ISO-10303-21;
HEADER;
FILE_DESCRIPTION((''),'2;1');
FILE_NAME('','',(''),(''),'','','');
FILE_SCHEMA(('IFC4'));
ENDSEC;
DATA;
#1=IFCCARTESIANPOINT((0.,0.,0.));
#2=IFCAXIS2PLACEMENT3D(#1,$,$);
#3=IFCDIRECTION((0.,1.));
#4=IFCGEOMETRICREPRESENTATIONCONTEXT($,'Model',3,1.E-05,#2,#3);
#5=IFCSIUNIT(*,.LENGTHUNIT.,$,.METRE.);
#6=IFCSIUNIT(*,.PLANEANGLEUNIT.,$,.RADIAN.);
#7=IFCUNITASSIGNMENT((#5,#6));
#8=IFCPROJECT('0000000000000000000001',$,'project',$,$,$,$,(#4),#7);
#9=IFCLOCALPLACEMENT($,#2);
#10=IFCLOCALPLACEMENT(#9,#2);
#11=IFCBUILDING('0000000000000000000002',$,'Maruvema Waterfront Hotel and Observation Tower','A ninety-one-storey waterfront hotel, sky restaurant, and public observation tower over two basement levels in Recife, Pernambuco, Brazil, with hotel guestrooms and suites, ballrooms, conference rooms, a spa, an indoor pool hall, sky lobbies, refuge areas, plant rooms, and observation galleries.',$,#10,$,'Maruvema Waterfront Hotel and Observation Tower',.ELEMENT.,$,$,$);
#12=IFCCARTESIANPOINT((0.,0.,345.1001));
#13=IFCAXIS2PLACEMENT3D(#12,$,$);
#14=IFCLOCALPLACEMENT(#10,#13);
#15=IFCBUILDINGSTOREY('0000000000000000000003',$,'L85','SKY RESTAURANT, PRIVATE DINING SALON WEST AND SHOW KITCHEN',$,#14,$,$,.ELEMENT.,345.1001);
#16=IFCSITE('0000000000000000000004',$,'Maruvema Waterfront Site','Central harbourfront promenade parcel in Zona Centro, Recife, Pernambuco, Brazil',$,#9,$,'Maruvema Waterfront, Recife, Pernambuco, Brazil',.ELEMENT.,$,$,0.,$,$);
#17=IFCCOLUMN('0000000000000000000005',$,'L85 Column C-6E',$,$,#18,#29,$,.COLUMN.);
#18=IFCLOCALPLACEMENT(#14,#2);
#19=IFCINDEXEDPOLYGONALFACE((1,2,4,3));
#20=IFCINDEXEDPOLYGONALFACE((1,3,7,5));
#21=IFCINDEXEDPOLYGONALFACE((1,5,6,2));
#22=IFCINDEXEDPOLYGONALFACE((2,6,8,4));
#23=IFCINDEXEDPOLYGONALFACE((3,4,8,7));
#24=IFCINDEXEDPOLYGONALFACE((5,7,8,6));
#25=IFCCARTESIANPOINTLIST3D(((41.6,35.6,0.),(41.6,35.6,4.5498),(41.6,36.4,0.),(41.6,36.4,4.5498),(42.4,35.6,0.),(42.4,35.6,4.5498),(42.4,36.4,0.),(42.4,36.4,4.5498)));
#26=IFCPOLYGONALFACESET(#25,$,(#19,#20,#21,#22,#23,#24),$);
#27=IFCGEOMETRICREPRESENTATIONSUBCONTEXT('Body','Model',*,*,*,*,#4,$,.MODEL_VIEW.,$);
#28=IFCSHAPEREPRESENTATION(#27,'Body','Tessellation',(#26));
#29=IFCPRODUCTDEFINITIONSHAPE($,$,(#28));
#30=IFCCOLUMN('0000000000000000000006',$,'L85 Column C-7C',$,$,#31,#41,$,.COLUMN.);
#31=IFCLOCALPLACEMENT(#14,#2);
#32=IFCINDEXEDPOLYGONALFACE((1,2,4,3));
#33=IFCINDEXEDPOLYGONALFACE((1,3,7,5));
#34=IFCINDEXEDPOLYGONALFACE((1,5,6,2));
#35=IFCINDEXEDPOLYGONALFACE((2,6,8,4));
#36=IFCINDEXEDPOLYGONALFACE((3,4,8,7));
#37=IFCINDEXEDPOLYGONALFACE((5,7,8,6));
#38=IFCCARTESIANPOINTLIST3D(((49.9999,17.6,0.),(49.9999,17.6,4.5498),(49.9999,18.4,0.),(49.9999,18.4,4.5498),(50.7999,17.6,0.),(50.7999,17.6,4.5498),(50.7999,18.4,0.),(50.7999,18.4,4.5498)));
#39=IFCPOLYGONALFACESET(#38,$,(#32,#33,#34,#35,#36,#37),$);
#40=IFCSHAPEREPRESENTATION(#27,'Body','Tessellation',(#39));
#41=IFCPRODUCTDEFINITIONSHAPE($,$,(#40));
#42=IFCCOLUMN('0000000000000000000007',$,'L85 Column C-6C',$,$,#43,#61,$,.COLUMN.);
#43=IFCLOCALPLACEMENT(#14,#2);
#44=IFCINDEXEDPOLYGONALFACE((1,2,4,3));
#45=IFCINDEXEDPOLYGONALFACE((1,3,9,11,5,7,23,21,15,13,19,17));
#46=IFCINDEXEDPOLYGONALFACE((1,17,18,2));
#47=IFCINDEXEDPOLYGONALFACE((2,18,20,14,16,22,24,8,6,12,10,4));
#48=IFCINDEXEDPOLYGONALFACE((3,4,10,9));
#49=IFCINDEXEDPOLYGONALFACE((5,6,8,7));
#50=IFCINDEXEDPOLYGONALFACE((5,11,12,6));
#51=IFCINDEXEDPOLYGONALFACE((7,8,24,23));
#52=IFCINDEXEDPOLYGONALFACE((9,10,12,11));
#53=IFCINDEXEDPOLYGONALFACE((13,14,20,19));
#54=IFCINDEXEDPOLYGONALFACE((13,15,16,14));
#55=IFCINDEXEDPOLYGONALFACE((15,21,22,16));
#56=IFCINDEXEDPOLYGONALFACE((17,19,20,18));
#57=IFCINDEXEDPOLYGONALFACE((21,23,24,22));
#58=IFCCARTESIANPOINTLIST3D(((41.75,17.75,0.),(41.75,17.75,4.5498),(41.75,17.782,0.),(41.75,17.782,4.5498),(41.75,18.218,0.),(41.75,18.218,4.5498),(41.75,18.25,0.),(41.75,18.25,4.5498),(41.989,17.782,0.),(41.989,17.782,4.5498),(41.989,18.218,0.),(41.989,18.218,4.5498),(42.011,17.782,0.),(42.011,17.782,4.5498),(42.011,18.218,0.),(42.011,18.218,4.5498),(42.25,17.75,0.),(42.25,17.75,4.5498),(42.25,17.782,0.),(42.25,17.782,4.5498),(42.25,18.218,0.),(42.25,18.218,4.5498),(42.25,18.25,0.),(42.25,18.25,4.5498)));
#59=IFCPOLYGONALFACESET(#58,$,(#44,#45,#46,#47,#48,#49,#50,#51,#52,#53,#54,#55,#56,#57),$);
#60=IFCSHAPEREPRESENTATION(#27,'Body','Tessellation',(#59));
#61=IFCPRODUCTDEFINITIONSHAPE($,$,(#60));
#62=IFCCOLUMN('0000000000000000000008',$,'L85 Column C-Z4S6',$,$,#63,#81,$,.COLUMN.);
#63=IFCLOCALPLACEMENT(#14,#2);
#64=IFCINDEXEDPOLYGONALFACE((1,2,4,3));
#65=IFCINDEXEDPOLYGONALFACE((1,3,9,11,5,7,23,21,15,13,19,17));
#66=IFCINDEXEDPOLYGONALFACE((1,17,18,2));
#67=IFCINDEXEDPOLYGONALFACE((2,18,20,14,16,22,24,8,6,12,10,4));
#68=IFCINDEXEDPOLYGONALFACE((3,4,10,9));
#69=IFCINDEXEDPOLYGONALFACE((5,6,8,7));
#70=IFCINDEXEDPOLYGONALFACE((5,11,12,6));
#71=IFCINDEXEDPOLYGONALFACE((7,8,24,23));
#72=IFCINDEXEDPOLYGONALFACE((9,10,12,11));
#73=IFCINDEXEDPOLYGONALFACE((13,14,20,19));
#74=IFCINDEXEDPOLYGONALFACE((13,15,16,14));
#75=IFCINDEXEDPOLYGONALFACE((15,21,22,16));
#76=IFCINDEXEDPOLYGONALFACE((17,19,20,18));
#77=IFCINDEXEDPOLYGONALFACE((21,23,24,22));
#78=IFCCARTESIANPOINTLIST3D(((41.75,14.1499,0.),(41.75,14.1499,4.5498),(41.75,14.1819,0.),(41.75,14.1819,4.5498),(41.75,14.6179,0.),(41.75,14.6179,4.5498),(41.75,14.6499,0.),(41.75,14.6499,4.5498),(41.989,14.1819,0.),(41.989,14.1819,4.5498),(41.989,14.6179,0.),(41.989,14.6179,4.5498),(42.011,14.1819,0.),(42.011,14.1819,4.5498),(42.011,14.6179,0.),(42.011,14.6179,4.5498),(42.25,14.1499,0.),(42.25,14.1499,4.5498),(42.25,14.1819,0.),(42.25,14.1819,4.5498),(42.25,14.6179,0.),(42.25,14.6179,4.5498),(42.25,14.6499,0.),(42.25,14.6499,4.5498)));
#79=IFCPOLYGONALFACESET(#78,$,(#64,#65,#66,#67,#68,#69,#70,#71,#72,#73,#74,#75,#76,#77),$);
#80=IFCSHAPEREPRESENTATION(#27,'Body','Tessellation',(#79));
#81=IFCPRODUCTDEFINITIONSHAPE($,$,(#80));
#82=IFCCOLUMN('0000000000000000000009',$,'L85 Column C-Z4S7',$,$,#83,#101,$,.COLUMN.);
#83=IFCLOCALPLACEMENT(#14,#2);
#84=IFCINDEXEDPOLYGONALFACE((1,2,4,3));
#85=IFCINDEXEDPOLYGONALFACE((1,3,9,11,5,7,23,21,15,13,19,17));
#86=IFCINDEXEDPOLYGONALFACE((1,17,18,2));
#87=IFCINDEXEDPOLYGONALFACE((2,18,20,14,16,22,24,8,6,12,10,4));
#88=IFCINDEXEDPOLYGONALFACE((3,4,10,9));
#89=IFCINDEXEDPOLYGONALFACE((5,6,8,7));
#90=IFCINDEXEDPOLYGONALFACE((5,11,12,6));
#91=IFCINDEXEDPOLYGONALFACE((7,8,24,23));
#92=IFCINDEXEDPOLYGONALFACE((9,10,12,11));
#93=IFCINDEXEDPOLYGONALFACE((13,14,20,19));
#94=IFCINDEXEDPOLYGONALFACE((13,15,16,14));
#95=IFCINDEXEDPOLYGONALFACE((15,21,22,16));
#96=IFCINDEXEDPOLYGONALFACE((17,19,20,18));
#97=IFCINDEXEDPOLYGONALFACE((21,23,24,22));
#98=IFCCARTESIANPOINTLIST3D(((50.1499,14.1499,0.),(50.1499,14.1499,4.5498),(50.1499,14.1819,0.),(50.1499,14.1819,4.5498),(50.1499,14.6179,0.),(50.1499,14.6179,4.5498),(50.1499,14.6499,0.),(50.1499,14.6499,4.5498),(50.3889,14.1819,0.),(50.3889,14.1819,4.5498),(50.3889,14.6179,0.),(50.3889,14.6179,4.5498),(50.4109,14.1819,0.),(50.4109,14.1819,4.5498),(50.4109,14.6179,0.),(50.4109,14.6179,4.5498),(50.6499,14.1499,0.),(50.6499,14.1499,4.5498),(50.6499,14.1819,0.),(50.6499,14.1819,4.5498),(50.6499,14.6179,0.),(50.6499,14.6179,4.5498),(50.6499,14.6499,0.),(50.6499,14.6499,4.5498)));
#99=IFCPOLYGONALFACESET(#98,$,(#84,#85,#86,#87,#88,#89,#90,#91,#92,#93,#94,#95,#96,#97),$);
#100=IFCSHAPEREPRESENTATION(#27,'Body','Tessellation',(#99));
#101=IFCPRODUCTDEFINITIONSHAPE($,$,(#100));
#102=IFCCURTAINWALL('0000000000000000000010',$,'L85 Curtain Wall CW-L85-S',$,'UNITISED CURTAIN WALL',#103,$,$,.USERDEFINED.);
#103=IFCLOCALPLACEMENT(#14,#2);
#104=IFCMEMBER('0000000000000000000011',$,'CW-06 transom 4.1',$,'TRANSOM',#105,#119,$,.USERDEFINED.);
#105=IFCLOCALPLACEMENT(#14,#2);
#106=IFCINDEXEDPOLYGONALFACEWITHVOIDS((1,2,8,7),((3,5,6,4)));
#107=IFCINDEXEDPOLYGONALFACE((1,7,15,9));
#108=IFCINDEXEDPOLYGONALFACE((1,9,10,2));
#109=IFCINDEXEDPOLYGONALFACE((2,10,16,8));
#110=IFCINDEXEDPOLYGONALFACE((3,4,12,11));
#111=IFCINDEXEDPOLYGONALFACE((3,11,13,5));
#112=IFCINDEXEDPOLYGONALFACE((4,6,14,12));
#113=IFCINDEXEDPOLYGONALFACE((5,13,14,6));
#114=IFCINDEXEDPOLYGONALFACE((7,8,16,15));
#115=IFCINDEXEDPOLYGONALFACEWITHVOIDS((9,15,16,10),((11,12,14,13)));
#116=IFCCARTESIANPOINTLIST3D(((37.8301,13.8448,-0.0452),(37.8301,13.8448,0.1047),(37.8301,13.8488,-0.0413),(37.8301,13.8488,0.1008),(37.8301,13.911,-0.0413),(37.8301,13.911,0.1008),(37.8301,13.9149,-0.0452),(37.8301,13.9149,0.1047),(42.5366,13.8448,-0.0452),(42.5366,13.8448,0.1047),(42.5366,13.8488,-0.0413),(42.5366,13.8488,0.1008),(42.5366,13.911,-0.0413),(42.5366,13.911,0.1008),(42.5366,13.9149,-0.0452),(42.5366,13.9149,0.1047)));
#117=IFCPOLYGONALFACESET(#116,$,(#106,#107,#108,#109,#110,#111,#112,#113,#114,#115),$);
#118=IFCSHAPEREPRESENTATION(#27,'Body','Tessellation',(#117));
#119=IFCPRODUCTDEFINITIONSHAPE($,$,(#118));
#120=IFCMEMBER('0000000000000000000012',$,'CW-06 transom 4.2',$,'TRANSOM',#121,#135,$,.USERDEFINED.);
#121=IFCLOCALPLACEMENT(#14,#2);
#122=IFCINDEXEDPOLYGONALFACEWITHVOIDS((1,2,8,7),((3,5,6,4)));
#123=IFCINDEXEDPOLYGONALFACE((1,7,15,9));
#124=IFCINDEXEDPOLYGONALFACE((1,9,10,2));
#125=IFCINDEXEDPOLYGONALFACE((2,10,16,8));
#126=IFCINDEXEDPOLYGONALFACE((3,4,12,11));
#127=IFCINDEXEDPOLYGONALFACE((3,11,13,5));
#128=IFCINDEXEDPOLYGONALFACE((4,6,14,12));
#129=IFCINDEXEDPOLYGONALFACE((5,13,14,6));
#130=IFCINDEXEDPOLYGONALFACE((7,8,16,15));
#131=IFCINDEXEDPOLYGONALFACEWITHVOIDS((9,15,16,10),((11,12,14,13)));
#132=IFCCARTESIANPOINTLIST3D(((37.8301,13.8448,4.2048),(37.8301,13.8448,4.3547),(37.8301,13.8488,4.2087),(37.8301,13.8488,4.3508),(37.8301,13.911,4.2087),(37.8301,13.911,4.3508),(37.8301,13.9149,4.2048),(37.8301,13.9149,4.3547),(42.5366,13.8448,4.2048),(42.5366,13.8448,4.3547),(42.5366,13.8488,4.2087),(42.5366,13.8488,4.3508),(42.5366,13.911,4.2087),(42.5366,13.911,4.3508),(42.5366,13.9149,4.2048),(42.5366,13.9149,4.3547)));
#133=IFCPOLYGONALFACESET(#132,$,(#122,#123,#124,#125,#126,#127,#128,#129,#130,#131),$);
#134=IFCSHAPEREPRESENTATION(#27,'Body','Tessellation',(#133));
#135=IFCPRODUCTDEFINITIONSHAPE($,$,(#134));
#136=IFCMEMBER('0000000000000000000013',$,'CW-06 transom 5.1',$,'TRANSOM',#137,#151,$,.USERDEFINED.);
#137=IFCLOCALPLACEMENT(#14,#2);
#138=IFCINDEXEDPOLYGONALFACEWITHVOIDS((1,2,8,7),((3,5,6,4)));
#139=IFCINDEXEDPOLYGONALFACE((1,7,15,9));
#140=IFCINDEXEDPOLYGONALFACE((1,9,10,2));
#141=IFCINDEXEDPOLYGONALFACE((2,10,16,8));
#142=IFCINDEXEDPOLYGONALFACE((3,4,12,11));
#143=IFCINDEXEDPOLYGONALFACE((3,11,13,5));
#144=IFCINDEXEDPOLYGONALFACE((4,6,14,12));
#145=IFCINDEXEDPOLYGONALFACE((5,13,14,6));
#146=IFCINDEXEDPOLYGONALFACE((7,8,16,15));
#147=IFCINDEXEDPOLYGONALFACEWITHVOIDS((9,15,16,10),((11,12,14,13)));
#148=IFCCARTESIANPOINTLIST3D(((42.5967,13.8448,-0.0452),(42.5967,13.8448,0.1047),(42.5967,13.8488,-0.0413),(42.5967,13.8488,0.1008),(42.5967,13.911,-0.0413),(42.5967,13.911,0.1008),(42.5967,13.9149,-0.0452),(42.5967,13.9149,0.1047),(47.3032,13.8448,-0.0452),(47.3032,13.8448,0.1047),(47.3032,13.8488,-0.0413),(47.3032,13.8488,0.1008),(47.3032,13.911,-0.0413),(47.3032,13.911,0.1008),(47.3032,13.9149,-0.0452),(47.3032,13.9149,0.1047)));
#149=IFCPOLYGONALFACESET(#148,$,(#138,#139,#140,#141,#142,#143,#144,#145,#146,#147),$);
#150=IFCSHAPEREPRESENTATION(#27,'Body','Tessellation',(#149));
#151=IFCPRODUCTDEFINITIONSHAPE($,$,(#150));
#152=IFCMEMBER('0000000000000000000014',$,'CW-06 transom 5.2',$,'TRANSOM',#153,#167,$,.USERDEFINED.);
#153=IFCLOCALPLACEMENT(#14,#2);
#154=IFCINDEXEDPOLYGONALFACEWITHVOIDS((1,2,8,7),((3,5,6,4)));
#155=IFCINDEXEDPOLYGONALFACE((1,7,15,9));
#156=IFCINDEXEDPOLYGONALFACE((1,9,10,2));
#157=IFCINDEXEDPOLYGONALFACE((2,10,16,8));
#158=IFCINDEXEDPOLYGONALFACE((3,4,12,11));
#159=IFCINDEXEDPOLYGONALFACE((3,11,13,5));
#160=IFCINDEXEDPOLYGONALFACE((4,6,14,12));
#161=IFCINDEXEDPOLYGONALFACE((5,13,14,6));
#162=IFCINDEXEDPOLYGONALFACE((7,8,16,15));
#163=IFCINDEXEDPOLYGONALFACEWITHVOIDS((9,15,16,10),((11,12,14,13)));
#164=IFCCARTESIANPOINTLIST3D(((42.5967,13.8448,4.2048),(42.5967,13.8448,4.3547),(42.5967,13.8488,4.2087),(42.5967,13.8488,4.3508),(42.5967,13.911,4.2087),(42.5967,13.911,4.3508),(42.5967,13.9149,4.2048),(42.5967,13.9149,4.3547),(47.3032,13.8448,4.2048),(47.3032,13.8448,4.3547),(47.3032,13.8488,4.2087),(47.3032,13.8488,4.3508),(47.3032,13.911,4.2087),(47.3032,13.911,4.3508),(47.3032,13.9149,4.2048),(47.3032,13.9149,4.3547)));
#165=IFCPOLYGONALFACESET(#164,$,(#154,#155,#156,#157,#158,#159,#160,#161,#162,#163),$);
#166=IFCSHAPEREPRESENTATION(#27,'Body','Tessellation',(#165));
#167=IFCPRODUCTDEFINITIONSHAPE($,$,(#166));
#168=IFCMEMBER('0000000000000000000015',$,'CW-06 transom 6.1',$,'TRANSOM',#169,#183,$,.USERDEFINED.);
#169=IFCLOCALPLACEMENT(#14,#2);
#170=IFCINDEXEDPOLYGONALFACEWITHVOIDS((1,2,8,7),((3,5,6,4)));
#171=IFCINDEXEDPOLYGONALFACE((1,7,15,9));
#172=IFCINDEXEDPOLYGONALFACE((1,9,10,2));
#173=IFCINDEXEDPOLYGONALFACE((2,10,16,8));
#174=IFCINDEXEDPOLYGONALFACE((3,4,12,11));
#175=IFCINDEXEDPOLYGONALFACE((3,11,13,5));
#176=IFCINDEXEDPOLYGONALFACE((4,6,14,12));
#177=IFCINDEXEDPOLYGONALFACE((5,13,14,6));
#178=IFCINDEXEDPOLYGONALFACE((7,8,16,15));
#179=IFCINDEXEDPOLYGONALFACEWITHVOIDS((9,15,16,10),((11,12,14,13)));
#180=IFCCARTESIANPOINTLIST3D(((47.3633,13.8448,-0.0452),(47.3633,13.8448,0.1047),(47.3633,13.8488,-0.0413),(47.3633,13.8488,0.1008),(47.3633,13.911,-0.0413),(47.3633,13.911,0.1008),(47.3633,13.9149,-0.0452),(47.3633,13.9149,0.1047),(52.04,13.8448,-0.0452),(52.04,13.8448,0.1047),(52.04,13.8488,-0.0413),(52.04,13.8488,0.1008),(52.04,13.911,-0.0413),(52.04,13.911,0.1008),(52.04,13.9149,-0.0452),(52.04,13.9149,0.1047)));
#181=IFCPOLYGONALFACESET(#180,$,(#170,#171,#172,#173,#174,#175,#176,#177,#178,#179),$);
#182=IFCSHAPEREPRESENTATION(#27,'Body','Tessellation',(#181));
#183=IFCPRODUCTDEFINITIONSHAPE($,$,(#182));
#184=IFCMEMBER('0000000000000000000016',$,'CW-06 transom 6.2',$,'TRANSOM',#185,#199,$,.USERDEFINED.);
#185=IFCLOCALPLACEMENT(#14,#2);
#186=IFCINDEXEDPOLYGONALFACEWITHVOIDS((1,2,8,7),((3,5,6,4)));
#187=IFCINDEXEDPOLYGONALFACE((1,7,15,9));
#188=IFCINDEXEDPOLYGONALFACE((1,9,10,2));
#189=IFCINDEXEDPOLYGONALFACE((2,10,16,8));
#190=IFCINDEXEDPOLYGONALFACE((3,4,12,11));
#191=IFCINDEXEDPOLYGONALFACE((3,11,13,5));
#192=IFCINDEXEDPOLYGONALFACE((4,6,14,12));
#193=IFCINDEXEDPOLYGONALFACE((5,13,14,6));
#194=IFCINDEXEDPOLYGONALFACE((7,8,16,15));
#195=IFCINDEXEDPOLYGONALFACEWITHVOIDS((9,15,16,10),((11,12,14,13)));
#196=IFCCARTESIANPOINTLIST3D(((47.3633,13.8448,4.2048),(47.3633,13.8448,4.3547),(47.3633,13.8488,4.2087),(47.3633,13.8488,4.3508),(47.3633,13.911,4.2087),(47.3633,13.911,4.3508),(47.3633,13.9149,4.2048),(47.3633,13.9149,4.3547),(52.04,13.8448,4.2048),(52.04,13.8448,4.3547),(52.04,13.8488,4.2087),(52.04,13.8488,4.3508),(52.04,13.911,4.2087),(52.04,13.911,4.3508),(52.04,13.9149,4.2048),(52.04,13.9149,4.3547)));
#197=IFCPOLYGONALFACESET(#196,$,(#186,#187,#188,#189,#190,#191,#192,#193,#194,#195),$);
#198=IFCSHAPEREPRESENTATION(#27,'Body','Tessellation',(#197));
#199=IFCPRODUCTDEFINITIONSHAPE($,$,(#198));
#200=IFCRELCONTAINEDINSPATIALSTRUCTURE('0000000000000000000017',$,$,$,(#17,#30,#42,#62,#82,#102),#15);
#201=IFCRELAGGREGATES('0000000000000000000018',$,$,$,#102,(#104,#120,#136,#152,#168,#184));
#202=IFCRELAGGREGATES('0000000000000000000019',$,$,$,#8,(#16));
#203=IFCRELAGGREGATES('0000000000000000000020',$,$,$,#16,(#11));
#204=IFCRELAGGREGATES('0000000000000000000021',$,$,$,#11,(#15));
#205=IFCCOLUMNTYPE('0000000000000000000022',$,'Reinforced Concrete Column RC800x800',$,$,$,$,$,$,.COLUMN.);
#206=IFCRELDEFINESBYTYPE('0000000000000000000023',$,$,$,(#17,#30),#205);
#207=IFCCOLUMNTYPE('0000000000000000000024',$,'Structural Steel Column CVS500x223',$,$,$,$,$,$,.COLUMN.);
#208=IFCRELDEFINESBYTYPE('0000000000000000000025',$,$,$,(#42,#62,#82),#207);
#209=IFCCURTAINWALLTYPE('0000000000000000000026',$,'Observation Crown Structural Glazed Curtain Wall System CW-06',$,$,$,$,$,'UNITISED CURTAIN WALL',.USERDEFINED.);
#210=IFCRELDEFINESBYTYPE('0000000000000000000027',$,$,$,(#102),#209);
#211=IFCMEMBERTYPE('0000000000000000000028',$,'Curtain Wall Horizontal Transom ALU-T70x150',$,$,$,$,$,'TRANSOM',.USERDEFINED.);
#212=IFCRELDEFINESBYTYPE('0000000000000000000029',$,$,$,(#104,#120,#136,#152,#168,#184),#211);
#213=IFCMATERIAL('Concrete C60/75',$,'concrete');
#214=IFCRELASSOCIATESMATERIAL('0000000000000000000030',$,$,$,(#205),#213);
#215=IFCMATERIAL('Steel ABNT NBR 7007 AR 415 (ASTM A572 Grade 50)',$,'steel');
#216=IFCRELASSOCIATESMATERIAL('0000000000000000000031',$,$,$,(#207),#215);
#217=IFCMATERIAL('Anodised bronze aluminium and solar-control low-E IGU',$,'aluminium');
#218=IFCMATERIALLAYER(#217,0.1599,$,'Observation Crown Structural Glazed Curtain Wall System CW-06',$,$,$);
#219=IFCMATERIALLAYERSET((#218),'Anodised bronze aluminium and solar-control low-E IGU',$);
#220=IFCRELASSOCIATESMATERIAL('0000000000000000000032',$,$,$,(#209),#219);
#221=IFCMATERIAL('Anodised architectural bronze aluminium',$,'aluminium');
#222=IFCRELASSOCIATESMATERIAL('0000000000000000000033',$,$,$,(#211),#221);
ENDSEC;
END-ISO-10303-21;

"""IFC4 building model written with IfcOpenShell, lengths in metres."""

from ifc_helpers import new_model, si_unit, direction, frame, origin, origin_2d, place, context, subcontext, project, spatial, rectangle, hollow_rectangle, i_section, extrude, material, layer, layer_set, material_profile, profile_set, type_object, element, aggregate, save


model = new_model("IFC4")

# Units and contexts
model_context = context("Model", 3, precision=1e-05, world=origin(), true_north=direction((0.0, 1.0)))
body_context = subcontext(model_context, "Body", "Model", "MODEL_VIEW")
ifc_project = project(units=[si_unit("LENGTHUNIT", "METRE"), si_unit("PLANEANGLEUNIT", "RADIAN")], contexts=[model_context])

# Site, building, storey
site_placement = place(None, origin())
site = spatial("IfcSite", under=ifc_project, at=site_placement, Name="Maruvema Waterfront Site", Description="Central harbourfront promenade parcel in Zona Centro, Recife, Pernambuco, Brazil", LongName="Maruvema Waterfront, Recife, Pernambuco, Brazil", CompositionType="ELEMENT", RefElevation=0.0)
building_placement = place(site_placement, origin())
building = spatial("IfcBuilding", under=site, at=building_placement, Name="Maruvema Waterfront Hotel and Observation Tower", Description="A ninety-one-storey waterfront hotel, sky restaurant, and public observation tower over two basement levels in Recife, Pernambuco, Brazil, with hotel guestrooms and suites, ballrooms, conference rooms, a spa, an indoor pool hall, sky lobbies, refuge areas, plant rooms, and observation galleries.", LongName="Maruvema Waterfront Hotel and Observation Tower", CompositionType="ELEMENT")
storey_placement = place(building_placement, frame((0.0, 0.0, 345.1001)))
storey = spatial("IfcBuildingStorey", under=building, at=storey_placement, Name="L85", Description="SKY RESTAURANT, PRIVATE DINING SALON WEST AND SHOW KITCHEN", CompositionType="ELEMENT", Elevation=345.1001)

# Columns
ifc_material_1 = material(Name="Concrete C60/75", Category="concrete")
ifc_material_profile_1 = material_profile(ifc_material_1, rectangle(XDim=0.8, YDim=0.8, at=origin_2d()), Name="RC800x800")
ifc_profile_set_1 = profile_set([ifc_material_profile_1], Name="Concrete C60/75")
column_type_1 = type_object("IfcColumnType", Name="Reinforced Concrete Column RC800x800", PredefinedType="COLUMN", material=ifc_profile_set_1)
for number, where, z_axis, x_axis, name in (
    (1, (42.0, 36.0, 0.0), (0.0, 0.0, 1.0), (1.0, 0.0, 0.0), "L85 Column C-6E"),
    (2, (50.3999, 18.0, 0.0), (0.0, 0.0, 1.0), (1.0, 0.0, 0.0), "L85 Column C-7C"),
):
    element("IfcColumn", number, at=place(storey_placement, frame(where, z_axis=z_axis, x_axis=x_axis)), inside=storey, type_object=column_type_1, Name=name, PredefinedType="COLUMN", context=body_context, shape_type="SweptSolid", body=[
        extrude(rectangle(XDim=0.8, YDim=0.8, at=origin_2d()), origin(), (0.0, 0.0, 1.0), 4.5498),
    ])
ifc_material_2 = material(Name="Steel ABNT NBR 7007 AR 415 (ASTM A572 Grade 50)", Category="steel")
ifc_material_profile_2 = material_profile(ifc_material_2, i_section(OverallWidth=0.5, OverallDepth=0.5, WebThickness=0.022, FlangeThickness=0.032, at=origin_2d()), Name="CVS500x223")
ifc_profile_set_2 = profile_set([ifc_material_profile_2], Name="Steel ABNT NBR 7007 AR 415 (ASTM A572 Grade 50)")
column_type_2 = type_object("IfcColumnType", Name="Structural Steel Column CVS500x223", PredefinedType="COLUMN", material=ifc_profile_set_2)
for number, where, z_axis, x_axis, name in (
    (3, (42.0, 18.0, 0.0), (0.0, 0.0, 1.0), (1.0, 0.0, 0.0), "L85 Column C-6C"),
    (4, (42.0, 14.3999, 0.0), (0.0, 0.0, 1.0), (1.0, 0.0, 0.0), "L85 Column C-Z4S6"),
    (5, (50.3999, 14.3999, 0.0), (0.0, 0.0, 1.0), (1.0, 0.0, 0.0), "L85 Column C-Z4S7"),
):
    element("IfcColumn", number, at=place(storey_placement, frame(where, z_axis=z_axis, x_axis=x_axis)), inside=storey, type_object=column_type_2, Name=name, PredefinedType="COLUMN", context=body_context, shape_type="SweptSolid", body=[
        extrude(i_section(OverallWidth=0.5, OverallDepth=0.5, WebThickness=0.022, FlangeThickness=0.032, at=origin_2d()), origin(), (0.0, 0.0, 1.0), 4.5498),
    ])

# Curtain wall, members
ifc_material_3 = material(Name="Anodised bronze aluminium and solar-control low-E IGU", Category="aluminium")
ifc_layer_1 = layer(ifc_material_3, 0.1599, Name="Observation Crown Structural Glazed Curtain Wall System CW-06")
ifc_layer_set_1 = layer_set([ifc_layer_1], Name="Anodised bronze aluminium and solar-control low-E IGU")
curtain_wall_type = type_object("IfcCurtainWallType", Name="Observation Crown Structural Glazed Curtain Wall System CW-06", ElementType="UNITISED CURTAIN WALL", PredefinedType="USERDEFINED", material=ifc_layer_set_1)
curtain_wall_placement = place(storey_placement, origin())
curtain_wall = element("IfcCurtainWall", 6, at=curtain_wall_placement, inside=storey, type_object=curtain_wall_type, Name="L85 Curtain Wall CW-L85-S", ObjectType="UNITISED CURTAIN WALL", PredefinedType="USERDEFINED")
ifc_material_4 = material(Name="Anodised architectural bronze aluminium", Category="aluminium")
ifc_material_profile_3 = material_profile(ifc_material_4, hollow_rectangle(XDim=0.0701, YDim=0.1499, WallThickness=0.0039, at=origin_2d()), Name="ALU-T70x150")
ifc_profile_set_3 = profile_set([ifc_material_profile_3], Name="Anodised architectural bronze aluminium")
member_type_1 = type_object("IfcMemberType", Name="Curtain Wall Horizontal Transom ALU-T70x150", ElementType="TRANSOM", PredefinedType="USERDEFINED", material=ifc_profile_set_3)
member_1_placement = place(storey_placement, frame((37.8301, 13.8799, 0.0298), z_axis=(1.0, 0.0, 0.0), x_axis=(0.0, 1.0, 0.0)))
member_1 = element("IfcMember", 7, at=member_1_placement, type_object=member_type_1, Name="CW-06 transom 4.1", ObjectType="TRANSOM", PredefinedType="USERDEFINED", context=body_context, shape_type="SweptSolid", body=[
    extrude(hollow_rectangle(XDim=0.0701, YDim=0.1499, WallThickness=0.0039, at=origin_2d()), origin(), (0.0, 0.0, 1.0), 4.7065),
])
member_2_placement = place(storey_placement, frame((37.8301, 13.8799, 4.2798), z_axis=(1.0, 0.0, 0.0), x_axis=(0.0, 1.0, 0.0)))
member_2 = element("IfcMember", 8, at=member_2_placement, type_object=member_type_1, Name="CW-06 transom 4.2", ObjectType="TRANSOM", PredefinedType="USERDEFINED", context=body_context, shape_type="SweptSolid", body=[
    extrude(hollow_rectangle(XDim=0.0701, YDim=0.1499, WallThickness=0.0039, at=origin_2d()), origin(), (0.0, 0.0, 1.0), 4.7065),
])
member_3_placement = place(storey_placement, frame((42.5967, 13.8799, 0.0298), z_axis=(1.0, 0.0, 0.0), x_axis=(0.0, 1.0, 0.0)))
member_3 = element("IfcMember", 9, at=member_3_placement, type_object=member_type_1, Name="CW-06 transom 5.1", ObjectType="TRANSOM", PredefinedType="USERDEFINED", context=body_context, shape_type="SweptSolid", body=[
    extrude(hollow_rectangle(XDim=0.0701, YDim=0.1499, WallThickness=0.0039, at=origin_2d()), origin(), (0.0, 0.0, 1.0), 4.7065),
])
member_4_placement = place(storey_placement, frame((42.5967, 13.8799, 4.2798), z_axis=(1.0, 0.0, 0.0), x_axis=(0.0, 1.0, 0.0)))
member_4 = element("IfcMember", 10, at=member_4_placement, type_object=member_type_1, Name="CW-06 transom 5.2", ObjectType="TRANSOM", PredefinedType="USERDEFINED", context=body_context, shape_type="SweptSolid", body=[
    extrude(hollow_rectangle(XDim=0.0701, YDim=0.1499, WallThickness=0.0039, at=origin_2d()), origin(), (0.0, 0.0, 1.0), 4.7065),
])
member_5_placement = place(storey_placement, frame((47.3633, 13.8799, 0.0298), z_axis=(1.0, 0.0, 0.0), x_axis=(0.0, 1.0, 0.0)))
member_5 = element("IfcMember", 11, at=member_5_placement, type_object=member_type_1, Name="CW-06 transom 6.1", ObjectType="TRANSOM", PredefinedType="USERDEFINED", context=body_context, shape_type="SweptSolid", body=[
    extrude(hollow_rectangle(XDim=0.0701, YDim=0.1499, WallThickness=0.0039, at=origin_2d()), origin(), (0.0, 0.0, 1.0), 4.6768),
])
member_6_placement = place(storey_placement, frame((47.3633, 13.8799, 4.2798), z_axis=(1.0, 0.0, 0.0), x_axis=(0.0, 1.0, 0.0)))
member_6 = element("IfcMember", 12, at=member_6_placement, type_object=member_type_1, Name="CW-06 transom 6.2", ObjectType="TRANSOM", PredefinedType="USERDEFINED", context=body_context, shape_type="SweptSolid", body=[
    extrude(hollow_rectangle(XDim=0.0701, YDim=0.1499, WallThickness=0.0039, at=origin_2d()), origin(), (0.0, 0.0, 1.0), 4.6768),
])

aggregate(curtain_wall, [member_1, member_2, member_3, member_4, member_5, member_6])

save(model, "model.ifc")
